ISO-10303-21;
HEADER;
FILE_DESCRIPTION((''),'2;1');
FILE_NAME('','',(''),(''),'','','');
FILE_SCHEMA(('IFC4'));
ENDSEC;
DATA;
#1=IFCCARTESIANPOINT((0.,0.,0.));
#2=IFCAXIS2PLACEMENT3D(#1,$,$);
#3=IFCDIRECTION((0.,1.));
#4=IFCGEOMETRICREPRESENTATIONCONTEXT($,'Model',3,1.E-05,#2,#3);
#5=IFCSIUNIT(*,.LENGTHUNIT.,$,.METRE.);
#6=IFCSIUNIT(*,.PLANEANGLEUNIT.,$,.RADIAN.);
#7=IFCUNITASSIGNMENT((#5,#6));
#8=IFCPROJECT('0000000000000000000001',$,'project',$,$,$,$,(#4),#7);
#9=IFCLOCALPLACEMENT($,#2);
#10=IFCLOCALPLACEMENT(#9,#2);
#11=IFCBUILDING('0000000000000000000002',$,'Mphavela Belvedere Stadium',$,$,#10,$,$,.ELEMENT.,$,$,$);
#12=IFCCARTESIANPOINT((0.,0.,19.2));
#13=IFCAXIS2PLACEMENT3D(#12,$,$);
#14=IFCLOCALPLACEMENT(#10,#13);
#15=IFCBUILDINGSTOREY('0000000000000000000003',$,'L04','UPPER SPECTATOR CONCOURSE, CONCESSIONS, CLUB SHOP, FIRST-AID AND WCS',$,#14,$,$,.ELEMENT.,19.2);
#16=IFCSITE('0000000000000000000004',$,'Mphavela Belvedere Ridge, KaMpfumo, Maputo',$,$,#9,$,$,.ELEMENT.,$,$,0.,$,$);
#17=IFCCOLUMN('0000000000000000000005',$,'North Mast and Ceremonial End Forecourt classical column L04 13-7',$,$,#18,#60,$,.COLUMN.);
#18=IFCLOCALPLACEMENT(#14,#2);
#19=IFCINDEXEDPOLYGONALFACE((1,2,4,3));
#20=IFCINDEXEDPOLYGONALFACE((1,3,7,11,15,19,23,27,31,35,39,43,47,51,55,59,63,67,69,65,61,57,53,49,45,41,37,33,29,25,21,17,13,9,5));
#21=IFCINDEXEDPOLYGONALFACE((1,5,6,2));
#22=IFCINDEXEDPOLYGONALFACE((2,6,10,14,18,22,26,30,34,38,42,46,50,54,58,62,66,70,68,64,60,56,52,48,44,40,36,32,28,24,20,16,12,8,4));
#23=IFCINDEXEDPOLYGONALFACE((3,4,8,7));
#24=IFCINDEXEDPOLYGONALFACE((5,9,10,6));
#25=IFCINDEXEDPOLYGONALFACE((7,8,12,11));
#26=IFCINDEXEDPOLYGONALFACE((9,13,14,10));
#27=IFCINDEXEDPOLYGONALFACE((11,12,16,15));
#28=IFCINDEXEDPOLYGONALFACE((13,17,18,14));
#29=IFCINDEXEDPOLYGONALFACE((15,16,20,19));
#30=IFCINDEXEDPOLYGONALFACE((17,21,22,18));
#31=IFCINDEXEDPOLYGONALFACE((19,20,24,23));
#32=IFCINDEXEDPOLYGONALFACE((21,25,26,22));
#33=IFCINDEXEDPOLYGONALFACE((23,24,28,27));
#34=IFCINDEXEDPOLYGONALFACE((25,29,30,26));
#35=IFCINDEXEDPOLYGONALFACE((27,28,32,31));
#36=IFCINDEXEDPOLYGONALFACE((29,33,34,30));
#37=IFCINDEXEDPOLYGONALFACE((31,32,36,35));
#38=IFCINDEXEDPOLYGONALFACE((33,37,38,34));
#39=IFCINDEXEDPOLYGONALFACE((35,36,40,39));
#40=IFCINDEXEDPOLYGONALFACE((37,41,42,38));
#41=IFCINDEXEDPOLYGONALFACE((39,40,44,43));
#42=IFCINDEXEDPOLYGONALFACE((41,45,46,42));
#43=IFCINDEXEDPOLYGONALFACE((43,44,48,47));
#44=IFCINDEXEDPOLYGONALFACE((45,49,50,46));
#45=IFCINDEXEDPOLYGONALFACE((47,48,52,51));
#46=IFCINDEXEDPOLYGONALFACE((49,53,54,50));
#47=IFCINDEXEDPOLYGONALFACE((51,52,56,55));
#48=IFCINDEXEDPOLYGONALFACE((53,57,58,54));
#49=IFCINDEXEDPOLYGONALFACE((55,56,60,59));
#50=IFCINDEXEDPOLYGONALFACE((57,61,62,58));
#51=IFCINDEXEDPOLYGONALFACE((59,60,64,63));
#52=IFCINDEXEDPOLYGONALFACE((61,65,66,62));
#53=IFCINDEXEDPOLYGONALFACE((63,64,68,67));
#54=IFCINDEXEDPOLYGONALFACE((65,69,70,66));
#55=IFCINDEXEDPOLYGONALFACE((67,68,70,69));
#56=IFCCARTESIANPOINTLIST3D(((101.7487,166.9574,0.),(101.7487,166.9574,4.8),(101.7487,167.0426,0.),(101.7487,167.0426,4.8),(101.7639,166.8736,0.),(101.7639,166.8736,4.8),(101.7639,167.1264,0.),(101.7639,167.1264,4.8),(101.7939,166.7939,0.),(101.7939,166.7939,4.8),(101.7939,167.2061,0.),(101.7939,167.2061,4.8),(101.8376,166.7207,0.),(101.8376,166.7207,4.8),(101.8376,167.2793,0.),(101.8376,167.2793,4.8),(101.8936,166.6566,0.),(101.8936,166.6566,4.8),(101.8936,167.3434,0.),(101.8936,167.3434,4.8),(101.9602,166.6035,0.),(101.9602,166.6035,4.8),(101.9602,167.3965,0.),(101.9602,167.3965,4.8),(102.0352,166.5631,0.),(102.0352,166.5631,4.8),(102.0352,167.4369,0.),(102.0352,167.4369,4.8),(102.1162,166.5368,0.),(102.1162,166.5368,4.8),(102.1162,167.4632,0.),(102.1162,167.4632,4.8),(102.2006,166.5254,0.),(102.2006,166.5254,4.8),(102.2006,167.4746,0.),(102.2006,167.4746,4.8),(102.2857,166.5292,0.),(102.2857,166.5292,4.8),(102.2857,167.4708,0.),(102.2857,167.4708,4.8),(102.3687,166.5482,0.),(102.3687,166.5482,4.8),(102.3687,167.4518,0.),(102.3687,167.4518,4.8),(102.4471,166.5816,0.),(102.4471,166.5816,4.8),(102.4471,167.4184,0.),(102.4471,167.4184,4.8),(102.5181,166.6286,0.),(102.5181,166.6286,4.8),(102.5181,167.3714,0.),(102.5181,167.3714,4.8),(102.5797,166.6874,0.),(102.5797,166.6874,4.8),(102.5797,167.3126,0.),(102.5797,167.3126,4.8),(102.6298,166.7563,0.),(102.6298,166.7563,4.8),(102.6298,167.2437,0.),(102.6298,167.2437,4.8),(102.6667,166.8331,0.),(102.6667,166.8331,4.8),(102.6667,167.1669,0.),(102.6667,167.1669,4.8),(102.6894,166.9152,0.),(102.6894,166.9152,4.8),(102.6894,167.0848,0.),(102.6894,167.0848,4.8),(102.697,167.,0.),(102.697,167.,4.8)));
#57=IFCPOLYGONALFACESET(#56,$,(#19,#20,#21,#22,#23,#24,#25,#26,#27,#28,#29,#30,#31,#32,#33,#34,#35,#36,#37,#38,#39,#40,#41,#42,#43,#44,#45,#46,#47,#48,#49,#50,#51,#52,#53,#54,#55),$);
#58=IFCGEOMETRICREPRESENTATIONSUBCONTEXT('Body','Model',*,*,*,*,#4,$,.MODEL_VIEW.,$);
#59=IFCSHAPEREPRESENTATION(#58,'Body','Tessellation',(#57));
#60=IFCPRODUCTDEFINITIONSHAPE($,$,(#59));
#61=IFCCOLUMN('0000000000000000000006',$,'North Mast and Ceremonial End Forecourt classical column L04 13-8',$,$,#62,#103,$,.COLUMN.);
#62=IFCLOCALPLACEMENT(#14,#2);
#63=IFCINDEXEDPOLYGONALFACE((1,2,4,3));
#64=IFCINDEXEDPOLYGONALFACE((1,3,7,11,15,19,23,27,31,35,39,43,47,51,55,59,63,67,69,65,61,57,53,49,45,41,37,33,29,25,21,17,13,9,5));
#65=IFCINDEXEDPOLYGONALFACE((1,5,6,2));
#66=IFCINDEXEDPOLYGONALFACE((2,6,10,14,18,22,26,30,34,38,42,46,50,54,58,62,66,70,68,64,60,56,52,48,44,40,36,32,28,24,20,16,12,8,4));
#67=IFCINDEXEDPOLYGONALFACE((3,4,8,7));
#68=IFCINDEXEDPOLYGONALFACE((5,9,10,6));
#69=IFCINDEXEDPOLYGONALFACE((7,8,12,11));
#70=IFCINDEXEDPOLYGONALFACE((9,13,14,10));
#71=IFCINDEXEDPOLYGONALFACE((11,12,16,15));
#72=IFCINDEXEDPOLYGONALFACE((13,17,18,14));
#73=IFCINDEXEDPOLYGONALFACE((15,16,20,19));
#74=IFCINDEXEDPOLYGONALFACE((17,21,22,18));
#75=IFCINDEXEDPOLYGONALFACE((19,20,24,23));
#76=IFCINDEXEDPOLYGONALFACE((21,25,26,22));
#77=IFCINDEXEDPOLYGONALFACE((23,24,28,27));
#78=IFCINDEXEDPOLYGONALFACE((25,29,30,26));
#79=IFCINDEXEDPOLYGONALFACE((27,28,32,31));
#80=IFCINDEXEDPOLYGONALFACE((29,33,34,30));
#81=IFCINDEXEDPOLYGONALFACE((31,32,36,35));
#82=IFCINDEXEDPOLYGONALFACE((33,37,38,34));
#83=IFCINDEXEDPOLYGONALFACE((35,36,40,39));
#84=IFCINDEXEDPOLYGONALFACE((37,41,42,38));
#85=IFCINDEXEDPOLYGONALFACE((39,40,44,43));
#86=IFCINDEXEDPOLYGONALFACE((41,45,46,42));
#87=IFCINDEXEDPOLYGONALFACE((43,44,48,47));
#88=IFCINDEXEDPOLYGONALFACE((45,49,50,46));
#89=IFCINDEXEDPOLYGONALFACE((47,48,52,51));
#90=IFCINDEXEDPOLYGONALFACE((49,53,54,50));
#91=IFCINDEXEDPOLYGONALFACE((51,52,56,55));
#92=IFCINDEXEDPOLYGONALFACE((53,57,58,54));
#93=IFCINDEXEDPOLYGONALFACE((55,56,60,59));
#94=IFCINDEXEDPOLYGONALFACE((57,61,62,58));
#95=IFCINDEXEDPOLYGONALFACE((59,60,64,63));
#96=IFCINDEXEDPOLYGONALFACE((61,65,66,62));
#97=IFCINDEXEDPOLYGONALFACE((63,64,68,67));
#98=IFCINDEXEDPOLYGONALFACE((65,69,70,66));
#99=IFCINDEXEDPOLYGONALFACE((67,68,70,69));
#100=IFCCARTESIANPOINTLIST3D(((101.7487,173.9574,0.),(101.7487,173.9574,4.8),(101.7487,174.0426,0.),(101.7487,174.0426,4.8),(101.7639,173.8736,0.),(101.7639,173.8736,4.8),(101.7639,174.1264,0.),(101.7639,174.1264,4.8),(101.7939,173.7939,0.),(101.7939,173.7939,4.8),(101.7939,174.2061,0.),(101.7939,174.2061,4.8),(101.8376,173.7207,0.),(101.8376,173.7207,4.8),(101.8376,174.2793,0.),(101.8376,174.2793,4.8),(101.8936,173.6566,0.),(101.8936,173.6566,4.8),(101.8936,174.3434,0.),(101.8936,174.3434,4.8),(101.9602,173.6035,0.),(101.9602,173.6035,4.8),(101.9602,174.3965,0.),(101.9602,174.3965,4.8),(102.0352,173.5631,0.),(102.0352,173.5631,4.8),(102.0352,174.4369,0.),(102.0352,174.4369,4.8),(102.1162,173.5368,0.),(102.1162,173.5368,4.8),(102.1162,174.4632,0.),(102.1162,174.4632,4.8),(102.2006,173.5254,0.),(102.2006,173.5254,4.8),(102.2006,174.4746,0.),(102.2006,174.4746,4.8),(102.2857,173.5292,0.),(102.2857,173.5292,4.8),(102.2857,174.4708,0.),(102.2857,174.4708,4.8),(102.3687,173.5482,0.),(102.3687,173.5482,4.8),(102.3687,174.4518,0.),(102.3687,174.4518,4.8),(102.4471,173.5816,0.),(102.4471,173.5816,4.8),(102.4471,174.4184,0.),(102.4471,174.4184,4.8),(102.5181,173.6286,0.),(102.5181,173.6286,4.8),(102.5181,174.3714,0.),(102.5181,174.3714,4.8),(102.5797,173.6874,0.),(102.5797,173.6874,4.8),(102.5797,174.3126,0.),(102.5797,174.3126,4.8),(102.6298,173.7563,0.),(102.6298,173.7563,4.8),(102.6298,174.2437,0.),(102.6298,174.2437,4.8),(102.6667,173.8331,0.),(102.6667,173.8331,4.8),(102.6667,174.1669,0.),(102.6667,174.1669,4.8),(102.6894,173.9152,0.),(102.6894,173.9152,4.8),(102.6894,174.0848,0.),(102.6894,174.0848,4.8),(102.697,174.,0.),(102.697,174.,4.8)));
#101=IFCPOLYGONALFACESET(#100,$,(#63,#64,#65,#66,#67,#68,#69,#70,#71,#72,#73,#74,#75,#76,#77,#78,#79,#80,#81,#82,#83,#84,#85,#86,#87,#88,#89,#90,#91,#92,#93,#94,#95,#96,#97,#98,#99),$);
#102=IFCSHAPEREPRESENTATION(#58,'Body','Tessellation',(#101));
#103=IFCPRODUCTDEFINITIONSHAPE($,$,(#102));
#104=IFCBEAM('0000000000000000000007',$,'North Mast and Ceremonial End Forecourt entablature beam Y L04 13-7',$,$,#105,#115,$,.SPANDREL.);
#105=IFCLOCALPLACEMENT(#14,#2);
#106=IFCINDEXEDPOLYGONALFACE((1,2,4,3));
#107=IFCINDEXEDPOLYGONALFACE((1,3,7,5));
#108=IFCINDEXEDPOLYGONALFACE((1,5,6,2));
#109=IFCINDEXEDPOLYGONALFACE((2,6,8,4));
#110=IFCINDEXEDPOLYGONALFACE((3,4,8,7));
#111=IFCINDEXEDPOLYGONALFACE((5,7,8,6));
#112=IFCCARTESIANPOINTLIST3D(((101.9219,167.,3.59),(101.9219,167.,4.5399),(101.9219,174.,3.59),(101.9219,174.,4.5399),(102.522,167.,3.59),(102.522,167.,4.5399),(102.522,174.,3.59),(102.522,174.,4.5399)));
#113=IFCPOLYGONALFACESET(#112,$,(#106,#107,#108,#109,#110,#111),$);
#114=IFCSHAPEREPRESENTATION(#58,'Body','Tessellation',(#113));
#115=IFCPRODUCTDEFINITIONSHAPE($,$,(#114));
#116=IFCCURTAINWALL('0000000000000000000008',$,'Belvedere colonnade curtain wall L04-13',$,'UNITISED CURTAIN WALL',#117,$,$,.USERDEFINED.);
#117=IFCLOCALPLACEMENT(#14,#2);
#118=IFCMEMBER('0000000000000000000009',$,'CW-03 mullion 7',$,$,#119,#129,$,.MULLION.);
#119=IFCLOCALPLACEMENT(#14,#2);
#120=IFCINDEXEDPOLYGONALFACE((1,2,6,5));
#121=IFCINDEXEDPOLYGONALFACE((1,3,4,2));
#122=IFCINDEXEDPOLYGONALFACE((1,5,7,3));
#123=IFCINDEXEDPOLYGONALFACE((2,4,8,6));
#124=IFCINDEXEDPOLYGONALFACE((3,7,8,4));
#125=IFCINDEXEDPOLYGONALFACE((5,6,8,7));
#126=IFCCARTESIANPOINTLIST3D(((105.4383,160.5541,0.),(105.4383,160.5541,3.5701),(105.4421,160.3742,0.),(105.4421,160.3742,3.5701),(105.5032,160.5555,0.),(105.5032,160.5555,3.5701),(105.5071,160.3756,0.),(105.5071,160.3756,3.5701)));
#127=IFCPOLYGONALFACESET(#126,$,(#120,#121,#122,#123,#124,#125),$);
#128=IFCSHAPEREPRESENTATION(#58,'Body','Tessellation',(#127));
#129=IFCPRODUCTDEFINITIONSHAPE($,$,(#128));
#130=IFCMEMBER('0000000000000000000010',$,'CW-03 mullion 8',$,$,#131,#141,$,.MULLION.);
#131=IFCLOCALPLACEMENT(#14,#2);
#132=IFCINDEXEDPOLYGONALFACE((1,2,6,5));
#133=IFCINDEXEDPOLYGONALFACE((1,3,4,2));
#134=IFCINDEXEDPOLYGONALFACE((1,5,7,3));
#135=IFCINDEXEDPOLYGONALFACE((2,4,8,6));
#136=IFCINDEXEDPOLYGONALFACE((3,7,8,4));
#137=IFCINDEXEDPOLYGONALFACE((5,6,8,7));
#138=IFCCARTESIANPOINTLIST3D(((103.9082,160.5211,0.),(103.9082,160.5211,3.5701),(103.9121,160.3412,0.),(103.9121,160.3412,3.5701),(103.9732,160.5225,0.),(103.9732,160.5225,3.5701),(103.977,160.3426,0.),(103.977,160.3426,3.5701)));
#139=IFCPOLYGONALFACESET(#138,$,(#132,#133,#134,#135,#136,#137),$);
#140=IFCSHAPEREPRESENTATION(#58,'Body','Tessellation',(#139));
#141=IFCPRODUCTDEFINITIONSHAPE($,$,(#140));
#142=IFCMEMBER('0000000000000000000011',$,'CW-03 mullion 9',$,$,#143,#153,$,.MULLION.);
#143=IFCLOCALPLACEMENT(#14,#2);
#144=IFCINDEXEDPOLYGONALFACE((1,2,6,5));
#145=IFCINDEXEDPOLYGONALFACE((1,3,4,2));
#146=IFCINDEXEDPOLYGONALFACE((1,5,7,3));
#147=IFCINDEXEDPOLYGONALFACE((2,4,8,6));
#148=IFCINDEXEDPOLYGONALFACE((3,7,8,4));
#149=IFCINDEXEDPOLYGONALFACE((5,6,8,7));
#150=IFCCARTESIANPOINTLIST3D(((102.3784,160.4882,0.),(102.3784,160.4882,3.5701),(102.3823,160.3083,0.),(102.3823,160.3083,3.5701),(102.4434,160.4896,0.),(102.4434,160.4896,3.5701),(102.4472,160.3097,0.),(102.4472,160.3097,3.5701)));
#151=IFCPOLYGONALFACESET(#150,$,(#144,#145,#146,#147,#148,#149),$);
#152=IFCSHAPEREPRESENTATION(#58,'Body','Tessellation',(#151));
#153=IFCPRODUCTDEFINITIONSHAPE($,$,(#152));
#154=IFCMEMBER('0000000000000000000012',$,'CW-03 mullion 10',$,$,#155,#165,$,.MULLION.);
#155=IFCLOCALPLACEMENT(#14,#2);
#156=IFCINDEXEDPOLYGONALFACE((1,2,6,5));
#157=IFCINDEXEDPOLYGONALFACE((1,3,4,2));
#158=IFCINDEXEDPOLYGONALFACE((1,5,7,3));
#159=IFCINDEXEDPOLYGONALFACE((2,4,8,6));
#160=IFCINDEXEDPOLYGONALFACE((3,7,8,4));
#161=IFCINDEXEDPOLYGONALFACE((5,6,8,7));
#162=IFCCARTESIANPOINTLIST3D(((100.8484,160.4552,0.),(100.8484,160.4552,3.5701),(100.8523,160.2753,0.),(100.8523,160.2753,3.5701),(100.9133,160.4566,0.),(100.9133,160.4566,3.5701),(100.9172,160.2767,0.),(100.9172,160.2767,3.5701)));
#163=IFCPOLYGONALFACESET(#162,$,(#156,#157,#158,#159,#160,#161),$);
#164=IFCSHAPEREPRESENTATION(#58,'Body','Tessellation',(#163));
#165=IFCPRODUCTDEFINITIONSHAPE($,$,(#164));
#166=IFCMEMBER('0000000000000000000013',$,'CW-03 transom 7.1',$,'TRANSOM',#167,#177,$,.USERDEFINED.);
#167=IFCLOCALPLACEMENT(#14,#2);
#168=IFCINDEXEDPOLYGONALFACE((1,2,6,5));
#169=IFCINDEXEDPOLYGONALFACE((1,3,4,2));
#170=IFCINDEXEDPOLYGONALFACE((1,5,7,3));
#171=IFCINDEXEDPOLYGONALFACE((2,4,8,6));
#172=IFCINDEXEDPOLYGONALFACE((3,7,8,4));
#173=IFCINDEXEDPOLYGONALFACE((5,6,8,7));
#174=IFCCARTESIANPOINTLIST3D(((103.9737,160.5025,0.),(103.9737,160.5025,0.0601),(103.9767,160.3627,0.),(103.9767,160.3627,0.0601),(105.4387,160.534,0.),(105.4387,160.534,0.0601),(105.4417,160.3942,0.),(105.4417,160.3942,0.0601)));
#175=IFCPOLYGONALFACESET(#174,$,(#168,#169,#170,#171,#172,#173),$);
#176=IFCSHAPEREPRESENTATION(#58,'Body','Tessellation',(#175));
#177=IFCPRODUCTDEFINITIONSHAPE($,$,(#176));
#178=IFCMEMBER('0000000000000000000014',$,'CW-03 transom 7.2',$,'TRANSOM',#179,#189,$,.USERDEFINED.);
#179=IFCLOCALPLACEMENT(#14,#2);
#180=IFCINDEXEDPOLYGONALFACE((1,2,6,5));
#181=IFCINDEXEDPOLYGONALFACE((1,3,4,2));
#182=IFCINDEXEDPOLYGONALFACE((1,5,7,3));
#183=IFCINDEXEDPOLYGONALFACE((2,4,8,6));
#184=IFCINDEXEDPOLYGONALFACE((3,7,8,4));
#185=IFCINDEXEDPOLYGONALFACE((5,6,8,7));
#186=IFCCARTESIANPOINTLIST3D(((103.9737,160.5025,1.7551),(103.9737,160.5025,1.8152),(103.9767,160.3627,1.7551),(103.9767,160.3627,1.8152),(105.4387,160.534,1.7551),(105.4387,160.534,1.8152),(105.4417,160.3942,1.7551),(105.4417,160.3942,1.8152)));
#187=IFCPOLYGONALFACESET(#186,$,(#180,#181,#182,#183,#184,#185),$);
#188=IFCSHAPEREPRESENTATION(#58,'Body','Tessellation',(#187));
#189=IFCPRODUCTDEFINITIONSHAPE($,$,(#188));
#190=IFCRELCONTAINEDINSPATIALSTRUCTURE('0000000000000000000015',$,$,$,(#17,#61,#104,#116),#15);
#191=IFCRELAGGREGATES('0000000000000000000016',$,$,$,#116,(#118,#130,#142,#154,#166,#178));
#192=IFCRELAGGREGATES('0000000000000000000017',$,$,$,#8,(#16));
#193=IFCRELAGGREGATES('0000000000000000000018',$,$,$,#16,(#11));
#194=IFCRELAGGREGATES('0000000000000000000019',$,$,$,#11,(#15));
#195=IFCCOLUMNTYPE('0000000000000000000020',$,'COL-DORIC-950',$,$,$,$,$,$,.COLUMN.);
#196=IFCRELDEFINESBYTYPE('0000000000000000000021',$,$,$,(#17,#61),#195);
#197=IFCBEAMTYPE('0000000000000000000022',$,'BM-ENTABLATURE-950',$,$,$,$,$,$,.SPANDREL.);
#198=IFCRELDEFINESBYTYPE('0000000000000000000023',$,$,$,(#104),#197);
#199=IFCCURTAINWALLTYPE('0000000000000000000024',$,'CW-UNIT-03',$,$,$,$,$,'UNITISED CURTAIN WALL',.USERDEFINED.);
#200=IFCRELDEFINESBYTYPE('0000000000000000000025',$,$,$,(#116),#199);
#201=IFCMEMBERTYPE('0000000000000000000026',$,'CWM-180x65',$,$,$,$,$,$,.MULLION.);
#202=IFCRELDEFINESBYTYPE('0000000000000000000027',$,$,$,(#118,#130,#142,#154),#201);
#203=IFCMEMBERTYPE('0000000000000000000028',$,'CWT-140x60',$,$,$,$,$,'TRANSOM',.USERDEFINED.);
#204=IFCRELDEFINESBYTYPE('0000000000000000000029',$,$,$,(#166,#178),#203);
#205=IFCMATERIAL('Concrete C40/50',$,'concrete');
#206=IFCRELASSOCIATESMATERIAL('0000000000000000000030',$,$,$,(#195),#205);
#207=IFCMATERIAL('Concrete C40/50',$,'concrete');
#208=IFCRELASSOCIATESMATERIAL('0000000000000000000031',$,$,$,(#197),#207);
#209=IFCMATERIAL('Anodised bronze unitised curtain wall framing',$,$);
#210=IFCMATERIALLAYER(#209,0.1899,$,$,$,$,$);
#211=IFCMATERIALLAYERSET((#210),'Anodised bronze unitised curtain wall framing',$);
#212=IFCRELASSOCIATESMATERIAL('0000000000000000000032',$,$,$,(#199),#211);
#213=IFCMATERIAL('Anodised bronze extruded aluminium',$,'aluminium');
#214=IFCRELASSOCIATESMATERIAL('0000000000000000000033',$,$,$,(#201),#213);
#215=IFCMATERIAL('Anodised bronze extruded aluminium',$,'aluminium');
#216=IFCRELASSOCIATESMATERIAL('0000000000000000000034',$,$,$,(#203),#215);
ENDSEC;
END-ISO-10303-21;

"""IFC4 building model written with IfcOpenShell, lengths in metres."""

from ifc_helpers import new_model, si_unit, direction, frame, origin, origin_2d, place, context, subcontext, project, spatial, rectangle, circle, extrude, material, layer, layer_set, material_profile, profile_set, type_object, element, aggregate, save


model = new_model("IFC4")

# Units and contexts
model_context = context("Model", 3, precision=1e-05, world=origin(), true_north=direction((0.0, 1.0)))
body_context = subcontext(model_context, "Body", "Model", "MODEL_VIEW")
ifc_project = project(units=[si_unit("LENGTHUNIT", "METRE"), si_unit("PLANEANGLEUNIT", "RADIAN")], contexts=[model_context])

# Site, building, storey
site_placement = place(None, origin())
site = spatial("IfcSite", under=ifc_project, at=site_placement, Name="Mphavela Belvedere Ridge, KaMpfumo, Maputo", CompositionType="ELEMENT", RefElevation=0.0)
building_placement = place(site_placement, origin())
building = spatial("IfcBuilding", under=site, at=building_placement, Name="Mphavela Belvedere Stadium", CompositionType="ELEMENT")
storey_placement = place(building_placement, frame((0.0, 0.0, 19.2)))
storey = spatial("IfcBuildingStorey", under=building, at=storey_placement, Name="L04", Description="UPPER SPECTATOR CONCOURSE, CONCESSIONS, CLUB SHOP, FIRST-AID AND WCS", CompositionType="ELEMENT", Elevation=19.2)

# Columns
ifc_material_1 = material(Name="Concrete C40/50", Category="concrete")
ifc_material_profile_1 = material_profile(ifc_material_1, circle(Radius=0.4751, at=origin_2d()), Name="COL D950")
ifc_profile_set_1 = profile_set([ifc_material_profile_1], Name="Concrete C40/50")
column_type = type_object("IfcColumnType", Name="COL-DORIC-950", PredefinedType="COLUMN", material=ifc_profile_set_1)
for number, where, z_axis, x_axis, name in (
    (1, (102.2219, 167.0, 0.0), (0.0, 0.0, 1.0), (1.0, 0.0, 0.0), "North Mast and Ceremonial End Forecourt classical column L04 13-7"),
    (2, (102.2219, 174.0, 0.0), (0.0, 0.0, 1.0), (1.0, 0.0, 0.0), "North Mast and Ceremonial End Forecourt classical column L04 13-8"),
):
    element("IfcColumn", number, at=place(storey_placement, frame(where, z_axis=z_axis, x_axis=x_axis)), inside=storey, type_object=column_type, Name=name, PredefinedType="COLUMN", context=body_context, shape_type="SweptSolid", body=[
        extrude(circle(Radius=0.4751, at=origin_2d()), origin(), (0.0, 0.0, 1.0), 4.8),
    ])

# Beam
ifc_material_2 = material(Name="Concrete C40/50", Category="concrete")
ifc_material_profile_2 = material_profile(ifc_material_2, rectangle(XDim=0.6001, YDim=0.95, at=origin_2d()), Name="RC 600x950")
ifc_profile_set_2 = profile_set([ifc_material_profile_2], Name="Concrete C40/50")
beam_type = type_object("IfcBeamType", Name="BM-ENTABLATURE-950", PredefinedType="SPANDREL", material=ifc_profile_set_2)
beam_placement = place(storey_placement, frame((102.2219, 167.0, 4.0649), z_axis=(0.0, 1.0, 0.0), x_axis=(-1.0, 0.0, 0.0)))
element("IfcBeam", 3, at=beam_placement, inside=storey, type_object=beam_type, Name="North Mast and Ceremonial End Forecourt entablature beam Y L04 13-7", PredefinedType="SPANDREL", context=body_context, shape_type="SweptSolid", body=[
    extrude(rectangle(XDim=0.6001, YDim=0.95, at=origin_2d()), origin(), (0.0, 0.0, 1.0), 7.0),
])

# Curtain wall, members
ifc_material_3 = material(Name="Anodised bronze unitised curtain wall framing")
ifc_layer_1 = layer(ifc_material_3, 0.1899)
ifc_layer_set_1 = layer_set([ifc_layer_1], Name="Anodised bronze unitised curtain wall framing")
curtain_wall_type = type_object("IfcCurtainWallType", Name="CW-UNIT-03", ElementType="UNITISED CURTAIN WALL", PredefinedType="USERDEFINED", material=ifc_layer_set_1)
curtain_wall_placement = place(storey_placement, origin())
curtain_wall = element("IfcCurtainWall", 4, at=curtain_wall_placement, inside=storey, type_object=curtain_wall_type, Name="Belvedere colonnade curtain wall L04-13", ObjectType="UNITISED CURTAIN WALL", PredefinedType="USERDEFINED")
ifc_material_4 = material(Name="Anodised bronze extruded aluminium", Category="aluminium")
ifc_material_profile_3 = material_profile(ifc_material_4, rectangle(XDim=0.1799, YDim=0.0649, at=origin_2d()), Name="CW-MUL 180x65")
ifc_profile_set_3 = profile_set([ifc_material_profile_3], Name="Anodised bronze extruded aluminium")
member_type_1 = type_object("IfcMemberType", Name="CWM-180x65", PredefinedType="MULLION", material=ifc_profile_set_3)
member_1_placement = place(storey_placement, frame((105.4727, 160.4648, 0.0), z_axis=(0.0, 0.0, 1.0), x_axis=(0.021527, -0.999768, 0.0)))
member_1 = element("IfcMember", 5, at=member_1_placement, type_object=member_type_1, Name="CW-03 mullion 7", PredefinedType="MULLION", context=body_context, shape_type="SweptSolid", body=[
    extrude(rectangle(XDim=0.1799, YDim=0.0649, at=origin_2d()), origin(), (0.0, 0.0, 1.0), 3.5701),
])
member_2_placement = place(storey_placement, frame((103.9426, 160.4319, 0.0), z_axis=(0.0, 0.0, 1.0), x_axis=(0.021527, -0.999768, 0.0)))
member_2 = element("IfcMember", 6, at=member_2_placement, type_object=member_type_1, Name="CW-03 mullion 8", PredefinedType="MULLION", context=body_context, shape_type="SweptSolid", body=[
    extrude(rectangle(XDim=0.1799, YDim=0.0649, at=origin_2d()), origin(), (0.0, 0.0, 1.0), 3.5701),
])
member_3_placement = place(storey_placement, frame((102.4128, 160.3989, 0.0), z_axis=(0.0, 0.0, 1.0), x_axis=(0.021527, -0.999768, 0.0)))
member_3 = element("IfcMember", 7, at=member_3_placement, type_object=member_type_1, Name="CW-03 mullion 9", PredefinedType="MULLION", context=body_context, shape_type="SweptSolid", body=[
    extrude(rectangle(XDim=0.1799, YDim=0.0649, at=origin_2d()), origin(), (0.0, 0.0, 1.0), 3.5701),
])
member_4_placement = place(storey_placement, frame((100.8828, 160.366, 0.0), z_axis=(0.0, 0.0, 1.0), x_axis=(0.021527, -0.999768, 0.0)))
member_4 = element("IfcMember", 8, at=member_4_placement, type_object=member_type_1, Name="CW-03 mullion 10", PredefinedType="MULLION", context=body_context, shape_type="SweptSolid", body=[
    extrude(rectangle(XDim=0.1799, YDim=0.0649, at=origin_2d()), origin(), (0.0, 0.0, 1.0), 3.5701),
])
ifc_material_5 = material(Name="Anodised bronze extruded aluminium", Category="aluminium")
ifc_material_profile_4 = material_profile(ifc_material_5, rectangle(XDim=0.1399, YDim=0.0601, at=origin_2d()), Name="CW-TRN 140x60")
ifc_profile_set_4 = profile_set([ifc_material_profile_4], Name="Anodised bronze extruded aluminium")
member_type_2 = type_object("IfcMemberType", Name="CWT-140x60", ElementType="TRANSOM", PredefinedType="USERDEFINED", material=ifc_profile_set_4)
member_5_placement = place(storey_placement, frame((105.4402, 160.4641, 0.03), z_axis=(-0.999769, -0.021491, 0.0), x_axis=(0.021491, -0.999769, 0.0)))
member_5 = element("IfcMember", 9, at=member_5_placement, type_object=member_type_2, Name="CW-03 transom 7.1", ObjectType="TRANSOM", PredefinedType="USERDEFINED", context=body_context, shape_type="SweptSolid", body=[
    extrude(rectangle(XDim=0.1399, YDim=0.0601, at=origin_2d()), origin(), (0.0, 0.0, 1.0), 1.4653),
])
member_6_placement = place(storey_placement, frame((105.4402, 160.4641, 1.7852), z_axis=(-0.999769, -0.021491, 0.0), x_axis=(0.021491, -0.999769, 0.0)))
member_6 = element("IfcMember", 10, at=member_6_placement, type_object=member_type_2, Name="CW-03 transom 7.2", ObjectType="TRANSOM", PredefinedType="USERDEFINED", context=body_context, shape_type="SweptSolid", body=[
    extrude(rectangle(XDim=0.1399, YDim=0.0601, at=origin_2d()), origin(), (0.0, 0.0, 1.0), 1.4653),
])
aggregate(curtain_wall, [member_1, member_2, member_3, member_4, member_5, member_6])

save(model, "model.ifc")
